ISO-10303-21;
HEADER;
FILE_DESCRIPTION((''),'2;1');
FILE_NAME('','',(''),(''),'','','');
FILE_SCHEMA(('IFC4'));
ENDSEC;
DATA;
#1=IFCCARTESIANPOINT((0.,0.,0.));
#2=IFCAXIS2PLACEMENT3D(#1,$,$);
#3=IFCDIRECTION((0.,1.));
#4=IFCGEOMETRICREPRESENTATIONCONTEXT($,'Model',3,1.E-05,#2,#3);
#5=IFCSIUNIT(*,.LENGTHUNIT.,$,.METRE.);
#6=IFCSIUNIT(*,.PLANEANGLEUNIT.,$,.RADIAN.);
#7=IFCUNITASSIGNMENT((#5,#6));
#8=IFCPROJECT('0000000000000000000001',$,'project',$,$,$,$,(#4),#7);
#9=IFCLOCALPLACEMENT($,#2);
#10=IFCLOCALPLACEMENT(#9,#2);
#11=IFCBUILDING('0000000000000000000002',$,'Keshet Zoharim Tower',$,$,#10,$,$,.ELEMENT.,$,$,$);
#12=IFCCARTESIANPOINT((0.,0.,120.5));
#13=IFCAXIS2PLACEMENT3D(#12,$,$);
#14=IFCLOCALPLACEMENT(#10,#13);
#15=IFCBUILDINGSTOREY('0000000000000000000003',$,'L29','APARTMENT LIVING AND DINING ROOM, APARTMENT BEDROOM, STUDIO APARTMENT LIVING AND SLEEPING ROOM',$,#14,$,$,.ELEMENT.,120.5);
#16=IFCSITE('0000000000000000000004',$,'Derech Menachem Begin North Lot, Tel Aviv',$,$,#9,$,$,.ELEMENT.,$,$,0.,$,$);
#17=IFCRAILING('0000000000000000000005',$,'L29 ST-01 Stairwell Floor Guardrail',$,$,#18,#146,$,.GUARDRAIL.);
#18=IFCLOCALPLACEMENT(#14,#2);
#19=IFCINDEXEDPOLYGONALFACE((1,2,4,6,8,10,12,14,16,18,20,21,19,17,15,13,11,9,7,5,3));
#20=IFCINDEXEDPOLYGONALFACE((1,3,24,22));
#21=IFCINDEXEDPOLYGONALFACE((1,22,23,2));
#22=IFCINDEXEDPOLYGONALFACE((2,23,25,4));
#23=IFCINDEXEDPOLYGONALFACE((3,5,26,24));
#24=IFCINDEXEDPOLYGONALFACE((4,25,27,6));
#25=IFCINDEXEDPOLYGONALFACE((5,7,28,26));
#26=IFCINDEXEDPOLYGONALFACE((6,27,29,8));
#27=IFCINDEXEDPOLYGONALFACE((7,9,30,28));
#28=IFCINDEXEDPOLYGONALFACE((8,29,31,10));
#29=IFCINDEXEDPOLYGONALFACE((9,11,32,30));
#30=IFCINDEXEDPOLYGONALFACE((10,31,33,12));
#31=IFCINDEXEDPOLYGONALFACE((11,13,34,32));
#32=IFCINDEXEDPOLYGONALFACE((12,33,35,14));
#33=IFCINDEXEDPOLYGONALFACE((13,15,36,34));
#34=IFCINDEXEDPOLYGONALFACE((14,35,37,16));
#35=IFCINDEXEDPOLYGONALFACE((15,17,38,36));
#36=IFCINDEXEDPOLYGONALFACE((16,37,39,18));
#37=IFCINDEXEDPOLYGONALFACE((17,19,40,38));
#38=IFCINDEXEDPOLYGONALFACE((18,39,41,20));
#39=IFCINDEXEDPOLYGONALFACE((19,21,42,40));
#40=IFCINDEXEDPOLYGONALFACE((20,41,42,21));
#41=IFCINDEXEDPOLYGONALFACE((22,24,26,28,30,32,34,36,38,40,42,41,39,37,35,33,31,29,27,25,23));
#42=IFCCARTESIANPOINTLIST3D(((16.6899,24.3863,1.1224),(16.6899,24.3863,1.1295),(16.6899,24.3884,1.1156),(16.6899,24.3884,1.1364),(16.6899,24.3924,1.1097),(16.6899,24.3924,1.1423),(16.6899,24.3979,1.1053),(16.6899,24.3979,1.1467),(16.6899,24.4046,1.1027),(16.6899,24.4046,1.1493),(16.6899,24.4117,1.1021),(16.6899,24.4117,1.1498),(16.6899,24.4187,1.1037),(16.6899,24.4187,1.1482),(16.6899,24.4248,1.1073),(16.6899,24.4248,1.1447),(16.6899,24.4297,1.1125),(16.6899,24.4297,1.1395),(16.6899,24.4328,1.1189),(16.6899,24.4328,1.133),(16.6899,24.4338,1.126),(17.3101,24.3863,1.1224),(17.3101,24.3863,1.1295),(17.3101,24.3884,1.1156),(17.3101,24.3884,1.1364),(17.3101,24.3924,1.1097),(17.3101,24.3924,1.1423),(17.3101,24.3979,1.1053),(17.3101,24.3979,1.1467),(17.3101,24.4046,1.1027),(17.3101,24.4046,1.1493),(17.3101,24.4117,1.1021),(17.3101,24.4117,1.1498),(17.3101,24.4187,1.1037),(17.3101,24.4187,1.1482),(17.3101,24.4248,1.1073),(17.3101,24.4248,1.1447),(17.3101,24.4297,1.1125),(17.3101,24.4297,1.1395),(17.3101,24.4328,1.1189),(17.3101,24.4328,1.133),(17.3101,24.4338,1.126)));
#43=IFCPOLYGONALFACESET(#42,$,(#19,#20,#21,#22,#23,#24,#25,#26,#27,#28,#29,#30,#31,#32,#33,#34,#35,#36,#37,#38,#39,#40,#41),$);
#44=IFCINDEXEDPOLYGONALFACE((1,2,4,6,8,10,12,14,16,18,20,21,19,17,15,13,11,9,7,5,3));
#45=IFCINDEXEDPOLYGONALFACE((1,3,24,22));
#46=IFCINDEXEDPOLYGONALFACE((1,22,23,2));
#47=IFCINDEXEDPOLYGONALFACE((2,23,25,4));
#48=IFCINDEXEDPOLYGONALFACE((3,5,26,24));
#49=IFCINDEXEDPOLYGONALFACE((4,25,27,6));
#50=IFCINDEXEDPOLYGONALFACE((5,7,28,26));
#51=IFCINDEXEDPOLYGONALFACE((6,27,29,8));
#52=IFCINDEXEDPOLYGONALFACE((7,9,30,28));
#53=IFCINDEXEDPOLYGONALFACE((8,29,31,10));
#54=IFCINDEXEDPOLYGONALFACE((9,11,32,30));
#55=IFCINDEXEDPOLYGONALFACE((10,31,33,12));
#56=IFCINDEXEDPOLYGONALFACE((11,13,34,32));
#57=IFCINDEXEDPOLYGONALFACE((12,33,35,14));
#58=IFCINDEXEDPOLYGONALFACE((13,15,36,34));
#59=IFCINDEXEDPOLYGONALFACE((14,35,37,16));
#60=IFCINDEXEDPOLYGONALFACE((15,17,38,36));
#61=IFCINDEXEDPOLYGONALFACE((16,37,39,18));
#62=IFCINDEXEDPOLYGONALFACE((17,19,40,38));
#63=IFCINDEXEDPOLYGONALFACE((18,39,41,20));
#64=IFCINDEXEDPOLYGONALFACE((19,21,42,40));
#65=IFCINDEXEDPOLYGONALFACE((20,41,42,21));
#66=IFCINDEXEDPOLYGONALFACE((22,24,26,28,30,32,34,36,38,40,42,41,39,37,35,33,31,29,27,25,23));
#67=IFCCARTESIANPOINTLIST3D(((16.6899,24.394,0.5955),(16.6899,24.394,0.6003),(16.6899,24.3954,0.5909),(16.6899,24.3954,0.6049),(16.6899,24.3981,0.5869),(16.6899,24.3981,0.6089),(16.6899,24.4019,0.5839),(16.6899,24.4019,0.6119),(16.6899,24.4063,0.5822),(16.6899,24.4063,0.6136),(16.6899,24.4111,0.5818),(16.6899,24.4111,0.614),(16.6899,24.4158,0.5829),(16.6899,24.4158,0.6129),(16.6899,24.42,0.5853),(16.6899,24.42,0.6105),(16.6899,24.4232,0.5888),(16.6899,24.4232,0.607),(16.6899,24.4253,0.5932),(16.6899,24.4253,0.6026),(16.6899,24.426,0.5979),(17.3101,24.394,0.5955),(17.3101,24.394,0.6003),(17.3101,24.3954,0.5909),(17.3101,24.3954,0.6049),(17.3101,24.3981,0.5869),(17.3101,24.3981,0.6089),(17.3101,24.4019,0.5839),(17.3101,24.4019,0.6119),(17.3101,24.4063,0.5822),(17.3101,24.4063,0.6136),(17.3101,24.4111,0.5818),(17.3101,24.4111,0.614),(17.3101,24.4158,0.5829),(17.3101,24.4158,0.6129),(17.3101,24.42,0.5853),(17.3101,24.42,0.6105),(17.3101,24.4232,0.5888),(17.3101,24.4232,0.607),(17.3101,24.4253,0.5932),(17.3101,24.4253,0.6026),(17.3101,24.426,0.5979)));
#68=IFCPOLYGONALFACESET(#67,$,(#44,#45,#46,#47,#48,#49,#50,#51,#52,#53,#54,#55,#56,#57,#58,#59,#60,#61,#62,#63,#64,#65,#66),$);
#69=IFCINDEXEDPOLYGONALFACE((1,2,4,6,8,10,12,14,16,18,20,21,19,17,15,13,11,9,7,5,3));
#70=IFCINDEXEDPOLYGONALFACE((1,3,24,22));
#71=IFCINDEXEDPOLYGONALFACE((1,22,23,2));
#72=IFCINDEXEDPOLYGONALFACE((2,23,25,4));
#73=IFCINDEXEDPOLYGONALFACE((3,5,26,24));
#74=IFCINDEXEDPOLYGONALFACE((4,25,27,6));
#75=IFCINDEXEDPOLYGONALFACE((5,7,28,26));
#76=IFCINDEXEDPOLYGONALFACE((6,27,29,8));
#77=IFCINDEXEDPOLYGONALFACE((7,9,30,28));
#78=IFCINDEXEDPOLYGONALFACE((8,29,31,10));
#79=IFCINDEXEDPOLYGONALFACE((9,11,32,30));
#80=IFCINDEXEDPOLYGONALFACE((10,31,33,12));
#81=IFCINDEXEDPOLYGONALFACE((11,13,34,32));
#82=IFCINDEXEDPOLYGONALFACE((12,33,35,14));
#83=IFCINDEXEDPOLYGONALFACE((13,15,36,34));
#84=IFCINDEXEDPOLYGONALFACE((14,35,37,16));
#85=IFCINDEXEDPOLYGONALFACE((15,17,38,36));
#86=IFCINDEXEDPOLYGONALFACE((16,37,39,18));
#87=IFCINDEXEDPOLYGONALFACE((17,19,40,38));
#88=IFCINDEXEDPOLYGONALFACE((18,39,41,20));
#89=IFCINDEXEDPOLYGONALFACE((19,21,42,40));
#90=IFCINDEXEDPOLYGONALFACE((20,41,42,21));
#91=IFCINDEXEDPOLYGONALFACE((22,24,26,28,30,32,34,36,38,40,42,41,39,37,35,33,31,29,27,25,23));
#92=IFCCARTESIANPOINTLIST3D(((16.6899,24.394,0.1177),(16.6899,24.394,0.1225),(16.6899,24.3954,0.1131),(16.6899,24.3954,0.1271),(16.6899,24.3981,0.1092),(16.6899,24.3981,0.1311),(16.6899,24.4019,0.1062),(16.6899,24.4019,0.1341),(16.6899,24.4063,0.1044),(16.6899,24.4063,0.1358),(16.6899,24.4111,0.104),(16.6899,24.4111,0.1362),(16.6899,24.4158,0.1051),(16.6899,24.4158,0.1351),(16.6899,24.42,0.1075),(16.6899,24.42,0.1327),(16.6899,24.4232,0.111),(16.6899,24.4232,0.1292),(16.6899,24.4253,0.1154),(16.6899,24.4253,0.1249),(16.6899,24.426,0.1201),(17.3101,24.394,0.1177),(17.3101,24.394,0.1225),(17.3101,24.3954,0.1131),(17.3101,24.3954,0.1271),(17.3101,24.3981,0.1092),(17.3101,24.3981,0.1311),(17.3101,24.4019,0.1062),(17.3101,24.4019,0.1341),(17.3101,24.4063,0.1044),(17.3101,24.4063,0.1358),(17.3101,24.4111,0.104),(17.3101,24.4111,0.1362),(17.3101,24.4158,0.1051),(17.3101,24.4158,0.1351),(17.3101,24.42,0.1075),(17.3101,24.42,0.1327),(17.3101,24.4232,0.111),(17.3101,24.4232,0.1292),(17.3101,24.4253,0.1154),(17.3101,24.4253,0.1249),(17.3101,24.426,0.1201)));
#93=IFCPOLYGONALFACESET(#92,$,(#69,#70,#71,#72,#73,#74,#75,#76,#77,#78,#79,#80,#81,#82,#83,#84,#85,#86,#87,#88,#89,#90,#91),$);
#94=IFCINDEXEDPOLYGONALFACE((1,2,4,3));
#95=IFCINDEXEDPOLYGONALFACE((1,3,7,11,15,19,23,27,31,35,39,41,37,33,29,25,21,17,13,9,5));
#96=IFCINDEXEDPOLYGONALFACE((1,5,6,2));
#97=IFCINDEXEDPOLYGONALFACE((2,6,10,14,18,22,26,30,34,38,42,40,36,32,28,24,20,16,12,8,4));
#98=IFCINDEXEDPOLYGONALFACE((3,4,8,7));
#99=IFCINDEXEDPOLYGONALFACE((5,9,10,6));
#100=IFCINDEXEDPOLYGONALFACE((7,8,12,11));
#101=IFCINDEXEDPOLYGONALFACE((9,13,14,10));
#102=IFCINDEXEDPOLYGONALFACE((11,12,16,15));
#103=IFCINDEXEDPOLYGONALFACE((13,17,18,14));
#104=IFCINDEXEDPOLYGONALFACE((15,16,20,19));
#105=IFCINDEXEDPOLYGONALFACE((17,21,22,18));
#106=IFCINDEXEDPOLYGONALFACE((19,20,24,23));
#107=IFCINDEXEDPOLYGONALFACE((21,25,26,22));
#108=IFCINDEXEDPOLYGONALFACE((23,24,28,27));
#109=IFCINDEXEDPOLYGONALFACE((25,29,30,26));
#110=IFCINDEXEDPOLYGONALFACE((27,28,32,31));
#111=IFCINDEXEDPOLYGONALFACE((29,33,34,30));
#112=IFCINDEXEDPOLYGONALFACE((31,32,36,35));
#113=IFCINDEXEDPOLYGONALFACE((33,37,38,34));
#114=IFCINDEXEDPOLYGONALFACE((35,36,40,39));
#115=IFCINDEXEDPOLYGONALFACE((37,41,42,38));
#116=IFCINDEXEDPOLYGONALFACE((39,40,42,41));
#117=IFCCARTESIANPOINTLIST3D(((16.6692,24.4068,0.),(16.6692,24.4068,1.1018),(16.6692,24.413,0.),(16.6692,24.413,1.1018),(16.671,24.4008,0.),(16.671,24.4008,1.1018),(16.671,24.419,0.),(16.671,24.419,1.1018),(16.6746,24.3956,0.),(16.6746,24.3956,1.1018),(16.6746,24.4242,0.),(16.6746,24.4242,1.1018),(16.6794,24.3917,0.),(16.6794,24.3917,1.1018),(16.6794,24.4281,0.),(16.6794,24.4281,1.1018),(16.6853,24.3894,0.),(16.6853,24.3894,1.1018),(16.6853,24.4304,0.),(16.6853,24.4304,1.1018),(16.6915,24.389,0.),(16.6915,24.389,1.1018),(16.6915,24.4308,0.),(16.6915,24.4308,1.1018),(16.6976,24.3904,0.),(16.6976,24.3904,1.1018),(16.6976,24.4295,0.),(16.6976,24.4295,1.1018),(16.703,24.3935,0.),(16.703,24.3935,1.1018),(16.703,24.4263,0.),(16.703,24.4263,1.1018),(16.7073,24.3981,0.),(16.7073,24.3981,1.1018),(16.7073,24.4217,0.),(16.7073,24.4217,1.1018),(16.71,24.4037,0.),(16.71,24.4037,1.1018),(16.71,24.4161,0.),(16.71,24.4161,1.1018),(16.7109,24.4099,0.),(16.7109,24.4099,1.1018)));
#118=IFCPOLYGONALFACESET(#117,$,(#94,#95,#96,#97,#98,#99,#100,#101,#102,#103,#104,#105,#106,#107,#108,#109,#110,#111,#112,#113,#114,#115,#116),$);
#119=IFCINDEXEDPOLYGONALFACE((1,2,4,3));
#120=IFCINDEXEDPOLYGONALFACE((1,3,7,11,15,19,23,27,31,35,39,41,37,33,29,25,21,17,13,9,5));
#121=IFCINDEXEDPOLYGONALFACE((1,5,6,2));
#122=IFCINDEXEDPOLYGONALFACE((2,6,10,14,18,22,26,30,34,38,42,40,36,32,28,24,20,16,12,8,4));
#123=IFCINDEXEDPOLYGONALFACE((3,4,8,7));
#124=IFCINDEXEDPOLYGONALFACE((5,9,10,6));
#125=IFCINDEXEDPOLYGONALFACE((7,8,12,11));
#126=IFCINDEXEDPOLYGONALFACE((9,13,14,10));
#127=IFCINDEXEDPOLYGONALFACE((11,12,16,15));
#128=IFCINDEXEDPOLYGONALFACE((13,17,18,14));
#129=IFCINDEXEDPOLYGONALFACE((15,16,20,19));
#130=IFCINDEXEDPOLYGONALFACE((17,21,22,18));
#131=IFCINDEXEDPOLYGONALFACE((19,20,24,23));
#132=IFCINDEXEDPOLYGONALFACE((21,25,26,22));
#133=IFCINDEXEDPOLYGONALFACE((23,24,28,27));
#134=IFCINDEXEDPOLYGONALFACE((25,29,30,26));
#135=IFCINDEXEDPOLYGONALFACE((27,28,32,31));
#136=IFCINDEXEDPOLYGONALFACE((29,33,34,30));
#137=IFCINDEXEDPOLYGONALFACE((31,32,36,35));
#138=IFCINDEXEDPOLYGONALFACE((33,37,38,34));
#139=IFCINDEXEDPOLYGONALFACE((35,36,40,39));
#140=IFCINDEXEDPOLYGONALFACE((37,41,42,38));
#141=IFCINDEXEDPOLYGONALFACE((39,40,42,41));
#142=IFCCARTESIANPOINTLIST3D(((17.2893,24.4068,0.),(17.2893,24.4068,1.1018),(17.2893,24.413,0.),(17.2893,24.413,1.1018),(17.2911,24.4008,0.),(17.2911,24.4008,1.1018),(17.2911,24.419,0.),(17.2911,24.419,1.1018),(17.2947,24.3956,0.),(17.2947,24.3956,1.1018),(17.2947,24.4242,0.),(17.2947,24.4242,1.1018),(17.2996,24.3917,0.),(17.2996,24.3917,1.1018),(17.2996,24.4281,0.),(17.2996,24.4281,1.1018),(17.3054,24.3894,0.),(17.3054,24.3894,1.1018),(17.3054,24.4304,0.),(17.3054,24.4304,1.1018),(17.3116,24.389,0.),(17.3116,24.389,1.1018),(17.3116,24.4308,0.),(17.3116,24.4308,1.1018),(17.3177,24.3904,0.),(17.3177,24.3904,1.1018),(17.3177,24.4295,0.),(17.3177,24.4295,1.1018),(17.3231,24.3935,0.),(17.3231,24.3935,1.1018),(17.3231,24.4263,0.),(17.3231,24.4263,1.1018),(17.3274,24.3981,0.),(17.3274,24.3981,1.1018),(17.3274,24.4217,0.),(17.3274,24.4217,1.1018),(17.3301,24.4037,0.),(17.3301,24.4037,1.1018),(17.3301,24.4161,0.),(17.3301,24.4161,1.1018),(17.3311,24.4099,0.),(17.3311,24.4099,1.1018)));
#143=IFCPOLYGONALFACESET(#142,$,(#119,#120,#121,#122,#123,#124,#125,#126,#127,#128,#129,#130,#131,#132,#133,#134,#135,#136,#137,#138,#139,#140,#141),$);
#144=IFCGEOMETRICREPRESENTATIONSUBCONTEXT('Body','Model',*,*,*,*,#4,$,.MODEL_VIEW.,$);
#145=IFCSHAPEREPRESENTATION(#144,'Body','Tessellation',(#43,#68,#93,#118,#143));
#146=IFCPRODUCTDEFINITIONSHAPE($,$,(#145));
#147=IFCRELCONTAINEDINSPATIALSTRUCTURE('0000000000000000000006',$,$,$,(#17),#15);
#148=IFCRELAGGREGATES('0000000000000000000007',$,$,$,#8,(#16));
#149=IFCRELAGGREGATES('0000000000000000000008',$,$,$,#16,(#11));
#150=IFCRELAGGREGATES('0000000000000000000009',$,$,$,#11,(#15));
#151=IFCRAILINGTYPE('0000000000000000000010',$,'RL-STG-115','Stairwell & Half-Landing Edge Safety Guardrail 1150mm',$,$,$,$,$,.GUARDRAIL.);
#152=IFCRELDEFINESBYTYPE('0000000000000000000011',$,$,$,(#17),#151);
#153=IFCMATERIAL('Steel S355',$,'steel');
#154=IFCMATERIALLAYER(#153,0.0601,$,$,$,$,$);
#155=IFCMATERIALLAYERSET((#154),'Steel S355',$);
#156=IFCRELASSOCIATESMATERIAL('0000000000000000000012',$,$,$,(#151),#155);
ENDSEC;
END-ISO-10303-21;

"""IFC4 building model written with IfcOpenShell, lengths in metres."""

from ifc_helpers import new_model, si_unit, direction, frame, origin, origin_2d, place, context, subcontext, project, spatial, circle, extrude, material, layer, layer_set, type_object, element, save


model = new_model("IFC4")

# Units and contexts
model_context = context("Model", 3, precision=1e-05, world=origin(), true_north=direction((0.0, 1.0)))
body_context = subcontext(model_context, "Body", "Model", "MODEL_VIEW")
ifc_project = project(units=[si_unit("LENGTHUNIT", "METRE"), si_unit("PLANEANGLEUNIT", "RADIAN")], contexts=[model_context])

# Site, building, storey
site_placement = place(None, origin())
site = spatial("IfcSite", under=ifc_project, at=site_placement, Name="Derech Menachem Begin North Lot, Tel Aviv", CompositionType="ELEMENT", RefElevation=0.0)
building_placement = place(site_placement, origin())
building = spatial("IfcBuilding", under=site, at=building_placement, Name="Keshet Zoharim Tower", CompositionType="ELEMENT")
storey_placement = place(building_placement, frame((0.0, 0.0, 120.5)))
storey = spatial("IfcBuildingStorey", under=building, at=storey_placement, Name="L29", Description="APARTMENT LIVING AND DINING ROOM, APARTMENT BEDROOM, STUDIO APARTMENT LIVING AND SLEEPING ROOM", CompositionType="ELEMENT", Elevation=120.5)

# Railing
ifc_material_1 = material(Name="Steel S355", Category="steel")
ifc_layer_1 = layer(ifc_material_1, 0.0601)
ifc_layer_set_1 = layer_set([ifc_layer_1], Name="Steel S355")
railing_type_1 = type_object("IfcRailingType", Name="RL-STG-115", Description="Stairwell & Half-Landing Edge Safety Guardrail 1150mm", PredefinedType="GUARDRAIL", material=ifc_layer_set_1)
railing_1_placement = place(storey_placement, frame((16.6899, 24.4099, 0.0)))
element("IfcRailing", 1, at=railing_1_placement, inside=storey, type_object=railing_type_1, Name="L29 ST-01 Stairwell Floor Guardrail", PredefinedType="GUARDRAIL", context=body_context, shape_type="SweptSolid", body=[
    extrude(circle(Radius=0.0239, at=origin_2d()), frame((0.0, 0.0, 1.126), z_axis=(1.0, 0.0, 0.0), x_axis=(0.0, 1.0, 0.0)), (0.0, 0.0, 1.0), 0.6201),
    extrude(circle(Radius=0.0161, at=origin_2d()), frame((0.0, 0.0, 0.5979), z_axis=(1.0, 0.0, 0.0), x_axis=(0.0, 1.0, 0.0)), (0.0, 0.0, 1.0), 0.6201),
    extrude(circle(Radius=0.0161, at=origin_2d()), frame((0.0, 0.0, 0.1201), z_axis=(1.0, 0.0, 0.0), x_axis=(0.0, 1.0, 0.0)), (0.0, 0.0, 1.0), 0.6201),
    extrude(circle(Radius=0.021, at=origin_2d()), origin(), (0.0, 0.0, 1.0), 1.1018),
    extrude(circle(Radius=0.021, at=origin_2d()), frame((0.6201, 0.0, 0.0)), (0.0, 0.0, 1.0), 1.1018),
])

save(model, "model.ifc")
